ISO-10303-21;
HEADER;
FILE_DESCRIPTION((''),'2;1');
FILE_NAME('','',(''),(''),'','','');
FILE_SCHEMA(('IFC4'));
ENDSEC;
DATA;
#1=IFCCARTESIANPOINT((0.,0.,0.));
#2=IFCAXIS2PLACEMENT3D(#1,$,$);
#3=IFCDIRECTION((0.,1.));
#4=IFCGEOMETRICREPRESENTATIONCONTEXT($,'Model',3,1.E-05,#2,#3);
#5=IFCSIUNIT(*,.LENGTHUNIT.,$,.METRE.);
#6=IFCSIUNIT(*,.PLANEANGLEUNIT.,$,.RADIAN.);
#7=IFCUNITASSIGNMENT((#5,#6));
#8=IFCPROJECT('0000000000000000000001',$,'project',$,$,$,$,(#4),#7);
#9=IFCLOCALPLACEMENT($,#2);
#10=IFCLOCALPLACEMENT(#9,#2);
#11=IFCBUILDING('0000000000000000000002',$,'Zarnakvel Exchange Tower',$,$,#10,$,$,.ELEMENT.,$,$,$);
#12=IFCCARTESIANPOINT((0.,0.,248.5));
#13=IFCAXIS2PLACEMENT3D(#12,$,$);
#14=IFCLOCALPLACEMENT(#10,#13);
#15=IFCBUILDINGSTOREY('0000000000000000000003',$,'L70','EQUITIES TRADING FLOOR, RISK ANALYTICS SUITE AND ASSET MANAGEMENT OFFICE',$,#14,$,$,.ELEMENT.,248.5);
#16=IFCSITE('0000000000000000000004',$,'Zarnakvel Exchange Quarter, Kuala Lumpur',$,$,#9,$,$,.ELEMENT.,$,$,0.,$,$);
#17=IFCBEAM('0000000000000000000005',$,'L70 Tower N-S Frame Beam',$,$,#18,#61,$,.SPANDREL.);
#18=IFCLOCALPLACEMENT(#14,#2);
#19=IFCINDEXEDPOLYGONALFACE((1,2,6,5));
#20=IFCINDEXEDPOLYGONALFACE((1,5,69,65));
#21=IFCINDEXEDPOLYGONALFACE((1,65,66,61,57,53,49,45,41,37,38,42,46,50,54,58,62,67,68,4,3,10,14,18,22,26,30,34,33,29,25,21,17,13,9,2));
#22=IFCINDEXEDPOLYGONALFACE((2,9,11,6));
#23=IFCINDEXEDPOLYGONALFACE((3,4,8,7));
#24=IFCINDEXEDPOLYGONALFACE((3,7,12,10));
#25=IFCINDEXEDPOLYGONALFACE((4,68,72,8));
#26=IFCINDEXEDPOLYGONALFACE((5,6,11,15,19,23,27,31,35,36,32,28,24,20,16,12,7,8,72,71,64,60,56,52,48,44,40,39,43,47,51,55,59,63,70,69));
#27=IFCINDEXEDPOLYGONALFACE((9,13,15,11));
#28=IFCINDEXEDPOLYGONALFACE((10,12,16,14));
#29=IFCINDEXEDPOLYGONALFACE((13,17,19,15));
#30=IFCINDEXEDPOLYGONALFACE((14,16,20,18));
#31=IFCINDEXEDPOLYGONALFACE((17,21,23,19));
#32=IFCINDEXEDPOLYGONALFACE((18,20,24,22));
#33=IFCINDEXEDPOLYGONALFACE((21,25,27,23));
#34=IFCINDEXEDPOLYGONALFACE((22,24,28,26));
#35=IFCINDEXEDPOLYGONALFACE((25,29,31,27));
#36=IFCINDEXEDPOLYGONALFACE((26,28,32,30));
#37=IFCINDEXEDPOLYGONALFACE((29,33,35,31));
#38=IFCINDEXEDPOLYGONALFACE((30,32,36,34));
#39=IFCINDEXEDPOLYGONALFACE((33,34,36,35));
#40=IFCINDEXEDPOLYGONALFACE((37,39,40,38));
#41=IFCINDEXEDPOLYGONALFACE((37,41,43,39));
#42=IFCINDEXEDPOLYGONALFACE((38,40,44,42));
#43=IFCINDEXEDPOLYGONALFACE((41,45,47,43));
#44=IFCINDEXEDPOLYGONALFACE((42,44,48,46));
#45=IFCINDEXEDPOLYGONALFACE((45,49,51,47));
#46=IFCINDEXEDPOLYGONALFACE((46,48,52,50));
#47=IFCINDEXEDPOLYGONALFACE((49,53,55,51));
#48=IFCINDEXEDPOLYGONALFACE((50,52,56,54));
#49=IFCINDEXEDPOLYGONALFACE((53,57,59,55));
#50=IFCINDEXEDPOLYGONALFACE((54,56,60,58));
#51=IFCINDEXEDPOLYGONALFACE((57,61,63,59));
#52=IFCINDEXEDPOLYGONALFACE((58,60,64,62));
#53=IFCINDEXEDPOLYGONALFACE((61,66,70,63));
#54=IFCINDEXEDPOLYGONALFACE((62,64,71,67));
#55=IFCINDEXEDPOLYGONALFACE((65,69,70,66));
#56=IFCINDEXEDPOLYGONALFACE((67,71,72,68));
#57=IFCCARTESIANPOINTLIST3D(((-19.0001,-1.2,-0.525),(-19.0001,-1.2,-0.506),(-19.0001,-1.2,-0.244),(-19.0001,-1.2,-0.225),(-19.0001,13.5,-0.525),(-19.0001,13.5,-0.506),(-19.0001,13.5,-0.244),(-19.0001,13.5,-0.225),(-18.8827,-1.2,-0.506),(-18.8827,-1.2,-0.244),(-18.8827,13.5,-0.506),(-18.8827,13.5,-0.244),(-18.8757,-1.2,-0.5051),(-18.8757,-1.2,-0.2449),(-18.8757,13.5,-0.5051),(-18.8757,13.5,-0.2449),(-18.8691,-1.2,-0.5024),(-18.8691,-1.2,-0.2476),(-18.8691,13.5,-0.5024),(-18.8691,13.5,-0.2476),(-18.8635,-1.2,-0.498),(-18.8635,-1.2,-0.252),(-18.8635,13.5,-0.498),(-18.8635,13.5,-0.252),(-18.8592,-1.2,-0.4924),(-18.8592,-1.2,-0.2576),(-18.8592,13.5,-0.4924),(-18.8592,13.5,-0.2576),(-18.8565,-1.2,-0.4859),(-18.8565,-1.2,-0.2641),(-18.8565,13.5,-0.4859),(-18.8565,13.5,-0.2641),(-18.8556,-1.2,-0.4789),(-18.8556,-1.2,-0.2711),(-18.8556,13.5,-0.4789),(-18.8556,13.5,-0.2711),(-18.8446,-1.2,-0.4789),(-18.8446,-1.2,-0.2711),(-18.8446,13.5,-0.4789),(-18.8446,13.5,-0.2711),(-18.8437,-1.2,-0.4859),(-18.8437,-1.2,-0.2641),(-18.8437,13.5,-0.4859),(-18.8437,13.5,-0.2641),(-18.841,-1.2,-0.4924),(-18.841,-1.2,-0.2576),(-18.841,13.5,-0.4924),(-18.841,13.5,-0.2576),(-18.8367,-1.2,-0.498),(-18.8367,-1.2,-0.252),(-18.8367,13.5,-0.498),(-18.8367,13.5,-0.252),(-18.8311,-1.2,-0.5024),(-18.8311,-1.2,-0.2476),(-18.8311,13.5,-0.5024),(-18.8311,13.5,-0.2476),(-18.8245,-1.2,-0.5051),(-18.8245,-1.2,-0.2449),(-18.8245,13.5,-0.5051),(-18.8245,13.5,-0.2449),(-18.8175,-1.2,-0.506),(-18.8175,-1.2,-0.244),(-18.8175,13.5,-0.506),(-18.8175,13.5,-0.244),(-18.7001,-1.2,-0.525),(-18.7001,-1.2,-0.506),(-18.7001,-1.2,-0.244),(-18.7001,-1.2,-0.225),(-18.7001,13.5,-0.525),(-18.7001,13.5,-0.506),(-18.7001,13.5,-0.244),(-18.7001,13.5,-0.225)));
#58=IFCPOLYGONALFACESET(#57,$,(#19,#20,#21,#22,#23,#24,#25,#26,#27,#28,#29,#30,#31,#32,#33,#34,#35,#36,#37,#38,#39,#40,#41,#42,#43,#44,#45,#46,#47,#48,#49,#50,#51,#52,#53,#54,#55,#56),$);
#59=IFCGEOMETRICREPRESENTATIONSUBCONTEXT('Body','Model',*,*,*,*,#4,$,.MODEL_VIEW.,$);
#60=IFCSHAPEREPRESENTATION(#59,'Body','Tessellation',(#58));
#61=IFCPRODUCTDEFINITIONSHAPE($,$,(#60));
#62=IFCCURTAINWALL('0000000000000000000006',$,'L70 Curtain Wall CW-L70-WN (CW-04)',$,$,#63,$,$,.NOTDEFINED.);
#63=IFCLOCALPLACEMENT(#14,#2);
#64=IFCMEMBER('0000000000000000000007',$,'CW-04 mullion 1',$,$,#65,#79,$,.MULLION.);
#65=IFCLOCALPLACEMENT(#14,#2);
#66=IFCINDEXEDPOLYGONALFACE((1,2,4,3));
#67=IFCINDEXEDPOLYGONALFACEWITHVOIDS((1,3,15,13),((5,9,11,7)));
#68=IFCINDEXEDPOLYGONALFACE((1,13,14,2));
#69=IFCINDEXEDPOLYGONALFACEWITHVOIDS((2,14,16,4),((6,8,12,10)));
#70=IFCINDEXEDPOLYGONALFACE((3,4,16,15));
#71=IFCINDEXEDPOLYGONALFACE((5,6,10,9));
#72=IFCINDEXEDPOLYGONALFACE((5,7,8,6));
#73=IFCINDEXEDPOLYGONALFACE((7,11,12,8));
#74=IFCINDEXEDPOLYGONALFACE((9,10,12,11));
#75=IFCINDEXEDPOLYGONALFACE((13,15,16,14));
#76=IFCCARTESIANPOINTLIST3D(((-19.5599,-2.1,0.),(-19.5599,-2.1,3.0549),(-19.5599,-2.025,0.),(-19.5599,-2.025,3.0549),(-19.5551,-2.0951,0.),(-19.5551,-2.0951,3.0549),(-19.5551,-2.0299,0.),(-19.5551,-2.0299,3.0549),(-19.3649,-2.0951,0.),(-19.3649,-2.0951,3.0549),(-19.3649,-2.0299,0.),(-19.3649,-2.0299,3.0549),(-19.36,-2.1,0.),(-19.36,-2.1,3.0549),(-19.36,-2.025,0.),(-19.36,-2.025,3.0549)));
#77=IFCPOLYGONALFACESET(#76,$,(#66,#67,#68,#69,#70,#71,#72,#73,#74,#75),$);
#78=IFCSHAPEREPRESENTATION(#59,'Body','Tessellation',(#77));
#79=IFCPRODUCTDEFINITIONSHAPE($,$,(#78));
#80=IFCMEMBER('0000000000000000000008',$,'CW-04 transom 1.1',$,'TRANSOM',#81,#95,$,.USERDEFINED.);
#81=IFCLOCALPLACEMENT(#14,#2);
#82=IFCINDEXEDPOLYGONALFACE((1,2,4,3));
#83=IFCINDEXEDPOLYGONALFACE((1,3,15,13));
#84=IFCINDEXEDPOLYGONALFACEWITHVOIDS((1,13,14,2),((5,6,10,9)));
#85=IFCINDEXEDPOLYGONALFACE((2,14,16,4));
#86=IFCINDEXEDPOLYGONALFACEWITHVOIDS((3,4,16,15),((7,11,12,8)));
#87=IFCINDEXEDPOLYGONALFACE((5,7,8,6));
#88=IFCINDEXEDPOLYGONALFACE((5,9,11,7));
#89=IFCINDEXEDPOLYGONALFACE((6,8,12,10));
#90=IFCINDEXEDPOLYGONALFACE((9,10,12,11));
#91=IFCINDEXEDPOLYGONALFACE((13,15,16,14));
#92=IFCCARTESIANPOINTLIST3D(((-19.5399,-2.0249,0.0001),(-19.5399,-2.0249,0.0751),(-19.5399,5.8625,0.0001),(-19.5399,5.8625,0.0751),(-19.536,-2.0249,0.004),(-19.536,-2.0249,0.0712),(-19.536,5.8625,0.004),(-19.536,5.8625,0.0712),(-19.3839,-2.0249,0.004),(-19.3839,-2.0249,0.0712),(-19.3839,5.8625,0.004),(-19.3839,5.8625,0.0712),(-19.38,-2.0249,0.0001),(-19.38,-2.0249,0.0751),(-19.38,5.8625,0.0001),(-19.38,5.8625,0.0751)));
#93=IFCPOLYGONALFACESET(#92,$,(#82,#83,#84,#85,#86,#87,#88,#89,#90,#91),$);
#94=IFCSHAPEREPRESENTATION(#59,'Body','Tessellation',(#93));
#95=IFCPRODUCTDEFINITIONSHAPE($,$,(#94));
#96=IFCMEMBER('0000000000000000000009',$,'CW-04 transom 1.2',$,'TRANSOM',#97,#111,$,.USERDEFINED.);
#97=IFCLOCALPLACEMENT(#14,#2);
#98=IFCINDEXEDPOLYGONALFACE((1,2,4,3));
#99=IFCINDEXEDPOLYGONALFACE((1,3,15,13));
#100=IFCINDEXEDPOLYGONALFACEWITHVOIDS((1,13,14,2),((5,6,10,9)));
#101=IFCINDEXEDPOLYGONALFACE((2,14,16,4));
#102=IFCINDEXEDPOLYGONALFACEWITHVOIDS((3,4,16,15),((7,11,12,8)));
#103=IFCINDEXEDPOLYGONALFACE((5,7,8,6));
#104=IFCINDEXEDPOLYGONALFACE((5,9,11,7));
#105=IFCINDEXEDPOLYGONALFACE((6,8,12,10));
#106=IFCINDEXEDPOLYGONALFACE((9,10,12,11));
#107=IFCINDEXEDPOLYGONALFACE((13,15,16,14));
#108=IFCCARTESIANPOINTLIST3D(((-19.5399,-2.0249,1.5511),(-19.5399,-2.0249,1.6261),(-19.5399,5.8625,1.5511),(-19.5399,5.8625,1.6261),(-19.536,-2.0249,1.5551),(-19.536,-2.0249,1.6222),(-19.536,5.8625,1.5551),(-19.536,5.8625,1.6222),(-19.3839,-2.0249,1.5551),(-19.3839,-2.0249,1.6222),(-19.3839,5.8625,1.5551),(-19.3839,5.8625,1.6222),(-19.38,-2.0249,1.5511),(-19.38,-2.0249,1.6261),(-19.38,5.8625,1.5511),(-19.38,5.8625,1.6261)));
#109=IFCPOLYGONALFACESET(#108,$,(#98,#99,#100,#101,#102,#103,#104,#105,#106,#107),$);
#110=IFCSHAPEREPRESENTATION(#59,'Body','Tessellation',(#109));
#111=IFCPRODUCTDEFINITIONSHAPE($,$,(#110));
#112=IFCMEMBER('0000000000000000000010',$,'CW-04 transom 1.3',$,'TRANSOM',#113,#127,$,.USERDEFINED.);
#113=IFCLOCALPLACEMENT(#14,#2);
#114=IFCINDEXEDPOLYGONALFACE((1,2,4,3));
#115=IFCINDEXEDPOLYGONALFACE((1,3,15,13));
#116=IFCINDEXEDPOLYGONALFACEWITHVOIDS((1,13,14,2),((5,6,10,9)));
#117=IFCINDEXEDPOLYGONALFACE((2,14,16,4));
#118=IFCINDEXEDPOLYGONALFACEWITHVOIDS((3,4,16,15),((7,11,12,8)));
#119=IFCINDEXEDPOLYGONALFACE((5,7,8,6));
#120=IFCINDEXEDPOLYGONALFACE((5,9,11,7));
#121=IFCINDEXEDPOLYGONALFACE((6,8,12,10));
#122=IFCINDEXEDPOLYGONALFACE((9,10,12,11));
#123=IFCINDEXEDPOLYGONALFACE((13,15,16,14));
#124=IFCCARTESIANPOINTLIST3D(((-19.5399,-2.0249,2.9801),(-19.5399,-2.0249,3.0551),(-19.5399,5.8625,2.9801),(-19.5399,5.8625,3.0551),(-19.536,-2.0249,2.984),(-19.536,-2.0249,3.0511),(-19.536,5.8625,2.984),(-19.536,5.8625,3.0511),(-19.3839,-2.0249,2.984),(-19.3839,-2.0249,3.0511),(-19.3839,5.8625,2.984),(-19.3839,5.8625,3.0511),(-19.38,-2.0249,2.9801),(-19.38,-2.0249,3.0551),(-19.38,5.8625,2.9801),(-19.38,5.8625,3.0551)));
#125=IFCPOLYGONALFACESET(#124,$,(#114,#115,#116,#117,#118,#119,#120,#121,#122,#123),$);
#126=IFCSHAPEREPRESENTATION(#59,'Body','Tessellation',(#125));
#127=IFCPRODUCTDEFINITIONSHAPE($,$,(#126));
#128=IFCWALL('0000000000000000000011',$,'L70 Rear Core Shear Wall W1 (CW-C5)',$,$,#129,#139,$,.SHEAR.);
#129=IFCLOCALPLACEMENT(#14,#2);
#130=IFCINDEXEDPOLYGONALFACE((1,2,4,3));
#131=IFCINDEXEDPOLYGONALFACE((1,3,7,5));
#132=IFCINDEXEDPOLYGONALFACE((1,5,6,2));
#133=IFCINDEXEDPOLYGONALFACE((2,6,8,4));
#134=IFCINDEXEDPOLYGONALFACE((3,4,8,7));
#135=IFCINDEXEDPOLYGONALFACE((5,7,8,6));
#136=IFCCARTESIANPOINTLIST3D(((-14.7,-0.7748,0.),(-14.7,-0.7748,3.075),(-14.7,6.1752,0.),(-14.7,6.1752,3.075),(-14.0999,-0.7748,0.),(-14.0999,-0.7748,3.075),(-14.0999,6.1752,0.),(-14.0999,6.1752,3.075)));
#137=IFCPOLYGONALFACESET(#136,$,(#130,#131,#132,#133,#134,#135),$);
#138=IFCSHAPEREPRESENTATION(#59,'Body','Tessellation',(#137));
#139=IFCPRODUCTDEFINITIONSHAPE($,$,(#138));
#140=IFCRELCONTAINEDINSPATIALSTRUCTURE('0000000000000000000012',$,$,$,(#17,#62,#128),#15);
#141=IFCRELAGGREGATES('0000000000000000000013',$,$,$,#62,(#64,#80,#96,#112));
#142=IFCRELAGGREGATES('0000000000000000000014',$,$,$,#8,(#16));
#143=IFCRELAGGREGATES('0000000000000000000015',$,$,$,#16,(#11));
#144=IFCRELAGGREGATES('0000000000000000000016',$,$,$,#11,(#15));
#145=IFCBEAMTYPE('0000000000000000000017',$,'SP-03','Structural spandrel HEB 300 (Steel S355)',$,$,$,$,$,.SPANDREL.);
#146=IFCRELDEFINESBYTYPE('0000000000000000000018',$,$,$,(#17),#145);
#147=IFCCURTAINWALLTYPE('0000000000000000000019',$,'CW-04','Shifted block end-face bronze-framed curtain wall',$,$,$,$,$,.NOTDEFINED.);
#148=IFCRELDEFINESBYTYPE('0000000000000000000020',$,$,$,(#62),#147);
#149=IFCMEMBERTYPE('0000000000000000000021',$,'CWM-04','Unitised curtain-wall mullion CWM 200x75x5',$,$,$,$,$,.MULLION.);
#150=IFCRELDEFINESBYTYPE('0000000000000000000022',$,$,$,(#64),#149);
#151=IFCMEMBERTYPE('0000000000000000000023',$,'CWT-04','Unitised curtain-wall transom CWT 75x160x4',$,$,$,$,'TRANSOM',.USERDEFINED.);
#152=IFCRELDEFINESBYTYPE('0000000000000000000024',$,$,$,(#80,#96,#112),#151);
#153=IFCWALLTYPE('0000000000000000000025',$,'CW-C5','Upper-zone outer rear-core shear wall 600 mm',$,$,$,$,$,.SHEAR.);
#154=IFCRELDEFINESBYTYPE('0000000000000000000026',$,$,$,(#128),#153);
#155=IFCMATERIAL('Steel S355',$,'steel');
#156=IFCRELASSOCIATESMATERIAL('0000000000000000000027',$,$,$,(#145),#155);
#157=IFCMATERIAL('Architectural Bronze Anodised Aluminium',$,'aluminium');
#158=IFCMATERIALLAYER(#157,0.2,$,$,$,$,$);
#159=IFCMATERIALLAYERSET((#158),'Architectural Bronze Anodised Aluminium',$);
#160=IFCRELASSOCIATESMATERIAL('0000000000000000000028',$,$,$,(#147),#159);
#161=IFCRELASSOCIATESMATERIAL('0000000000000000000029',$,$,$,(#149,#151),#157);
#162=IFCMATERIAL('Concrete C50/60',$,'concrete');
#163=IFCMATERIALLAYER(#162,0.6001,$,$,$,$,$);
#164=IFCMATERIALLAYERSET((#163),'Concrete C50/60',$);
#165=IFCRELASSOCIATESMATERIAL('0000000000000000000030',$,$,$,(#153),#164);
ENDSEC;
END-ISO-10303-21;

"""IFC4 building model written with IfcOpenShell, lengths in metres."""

from ifc_helpers import new_model, si_unit, direction, frame, frame_2d, origin, origin_2d, place, context, subcontext, project, spatial, rectangle, hollow_rectangle, i_section, extrude, source, transform, mapped, material, layer, layer_set, material_profile, profile_set, type_object, element, aggregate, save


model = new_model("IFC4")

# Units and contexts
model_context = context("Model", 3, precision=1e-05, world=origin(), true_north=direction((0.0, 1.0)))
body_context = subcontext(model_context, "Body", "Model", "MODEL_VIEW")
ifc_project = project(units=[si_unit("LENGTHUNIT", "METRE"), si_unit("PLANEANGLEUNIT", "RADIAN")], contexts=[model_context])

# Site, building, storey
site_placement = place(None, origin())
site = spatial("IfcSite", under=ifc_project, at=site_placement, Name="Zarnakvel Exchange Quarter, Kuala Lumpur", CompositionType="ELEMENT", RefElevation=0.0)
building_placement = place(site_placement, origin())
building = spatial("IfcBuilding", under=site, at=building_placement, Name="Zarnakvel Exchange Tower", CompositionType="ELEMENT")
storey_placement = place(building_placement, frame((0.0, 0.0, 248.5)))
storey = spatial("IfcBuildingStorey", under=building, at=storey_placement, Name="L70", Description="EQUITIES TRADING FLOOR, RISK ANALYTICS SUITE AND ASSET MANAGEMENT OFFICE", CompositionType="ELEMENT", Elevation=248.5)

# Shared definitions
ifc_material_1 = material(Name="Concrete C50/60", Category="concrete")
ifc_material_2 = material(Name="Steel S355", Category="steel")

# Beam
ifc_material_profile_1 = material_profile(ifc_material_2, i_section(OverallWidth=0.3, OverallDepth=0.3, WebThickness=0.011, FlangeThickness=0.019, FilletRadius=0.0271, at=origin_2d()))
ifc_profile_set_1 = profile_set([ifc_material_profile_1], Name="Steel S355")
beam_type_1 = type_object("IfcBeamType", Name="SP-03", Description="Structural spandrel HEB 300 (Steel S355)", PredefinedType="SPANDREL", material=ifc_profile_set_1)
beam_1_placement = place(storey_placement, frame((-18.8501, -1.2, -0.375), z_axis=(0.0, 1.0, 0.0), x_axis=(-1.0, 0.0, 0.0)))
element("IfcBeam", 1, at=beam_1_placement, inside=storey, type_object=beam_type_1, Name="L70 Tower N-S Frame Beam", PredefinedType="SPANDREL", context=body_context, shape_type="SweptSolid", body=[
    extrude(i_section(OverallWidth=0.3, OverallDepth=0.3, WebThickness=0.011, FlangeThickness=0.019, FilletRadius=0.0271, at=origin_2d()), origin(), (0.0, 0.0, 1.0), 14.7),
])

# Curtain wall, members
ifc_material_3 = material(Name="Architectural Bronze Anodised Aluminium", Category="aluminium")
ifc_layer_1 = layer(ifc_material_3, 0.2)
ifc_layer_set_1 = layer_set([ifc_layer_1], Name="Architectural Bronze Anodised Aluminium")
curtain_wall_type = type_object("IfcCurtainWallType", Name="CW-04", Description="Shifted block end-face bronze-framed curtain wall", PredefinedType="NOTDEFINED", material=ifc_layer_set_1)
curtain_wall_placement = place(storey_placement, origin())
curtain_wall = element("IfcCurtainWall", 2, at=curtain_wall_placement, inside=storey, type_object=curtain_wall_type, Name="L70 Curtain Wall CW-L70-WN (CW-04)", PredefinedType="NOTDEFINED")
ifc_material_profile_2 = material_profile(ifc_material_3, hollow_rectangle(XDim=0.2, YDim=0.075, WallThickness=0.0049, at=origin_2d()))
ifc_profile_set_2 = profile_set([ifc_material_profile_2], Name="Architectural Bronze Anodised Aluminium")
member_type_1 = type_object("IfcMemberType", Name="CWM-04", Description="Unitised curtain-wall mullion CWM 200x75x5", PredefinedType="MULLION", material=ifc_profile_set_2)
shared_shape_1 = source(origin(), body_context, "Body", "SweptSolid", [
    extrude(hollow_rectangle(XDim=0.2, YDim=0.075, WallThickness=0.0049, at=origin_2d()), origin(), (0.0, 0.0, 1.0), 3.0549),
])
member_1_placement = place(storey_placement, frame((-19.46, -2.0625, 0.0), z_axis=(0.0, 0.0, 1.0), x_axis=(-1.0, 0.0, 0.0)))
member_1 = element("IfcMember", 3, at=member_1_placement, type_object=member_type_1, Name="CW-04 mullion 1", PredefinedType="MULLION", context=body_context, shape_type="MappedRepresentation", body=[
    mapped(shared_shape_1, transform((0.0, 0.0, 0.0), x_axis=(1.0, 0.0, 0.0), y_axis=(0.0, 1.0, 0.0), z_axis=(0.0, 0.0, 1.0), scale=1.0)),
])
ifc_material_profile_3 = material_profile(ifc_material_3, hollow_rectangle(XDim=0.1599, YDim=0.075, WallThickness=0.0039, at=origin_2d()))
ifc_profile_set_3 = profile_set([ifc_material_profile_3], Name="Architectural Bronze Anodised Aluminium")
member_type_2 = type_object("IfcMemberType", Name="CWT-04", Description="Unitised curtain-wall transom CWT 75x160x4", ElementType="TRANSOM", PredefinedType="USERDEFINED", material=ifc_profile_set_3)
shared_shape_2 = source(origin(), body_context, "Body", "SweptSolid", [
    extrude(hollow_rectangle(XDim=0.1599, YDim=0.075, WallThickness=0.0039, at=origin_2d()), origin(), (0.0, 0.0, 1.0), 7.8875),
])
member_2_placement = place(storey_placement, frame((-19.46, -2.0249, 0.0376), z_axis=(0.0, 1.0, 0.0), x_axis=(-1.0, 0.0, 0.0)))
member_2 = element("IfcMember", 4, at=member_2_placement, type_object=member_type_2, Name="CW-04 transom 1.1", ObjectType="TRANSOM", PredefinedType="USERDEFINED", context=body_context, shape_type="MappedRepresentation", body=[
    mapped(shared_shape_2, transform((0.0, 0.0, 0.0), x_axis=(1.0, 0.0, 0.0), y_axis=(0.0, 1.0, 0.0), z_axis=(0.0, 0.0, 1.0), scale=1.0)),
])
member_3_placement = place(storey_placement, frame((-19.46, -2.0249, 1.5886), z_axis=(0.0, 1.0, 0.0), x_axis=(-1.0, 0.0, 0.0)))
member_3 = element("IfcMember", 5, at=member_3_placement, type_object=member_type_2, Name="CW-04 transom 1.2", ObjectType="TRANSOM", PredefinedType="USERDEFINED", context=body_context, shape_type="MappedRepresentation", body=[
    mapped(shared_shape_2, transform((0.0, 0.0, 0.0), x_axis=(1.0, 0.0, 0.0), y_axis=(0.0, 1.0, 0.0), z_axis=(0.0, 0.0, 1.0), scale=1.0)),
])
member_4_placement = place(storey_placement, frame((-19.46, -2.0249, 3.0176), z_axis=(0.0, 1.0, 0.0), x_axis=(-1.0, 0.0, 0.0)))
member_4 = element("IfcMember", 6, at=member_4_placement, type_object=member_type_2, Name="CW-04 transom 1.3", ObjectType="TRANSOM", PredefinedType="USERDEFINED", context=body_context, shape_type="MappedRepresentation", body=[
    mapped(shared_shape_2, transform((0.0, 0.0, 0.0), x_axis=(1.0, 0.0, 0.0), y_axis=(0.0, 1.0, 0.0), z_axis=(0.0, 0.0, 1.0), scale=1.0)),
])
aggregate(curtain_wall, [member_1, member_2, member_3, member_4])

# Wall
ifc_layer_2 = layer(ifc_material_1, 0.6001)
ifc_layer_set_2 = layer_set([ifc_layer_2], Name="Concrete C50/60")
wall_type_1 = type_object("IfcWallType", Name="CW-C5", Description="Upper-zone outer rear-core shear wall 600 mm", PredefinedType="SHEAR", material=ifc_layer_set_2)
wall_1_placement = place(storey_placement, frame((-14.3999, -0.7749, 0.0), z_axis=(0.0, 0.0, 1.0), x_axis=(0.0, 1.0, 0.0)))
element("IfcWall", 7, at=wall_1_placement, inside=storey, type_object=wall_type_1, Name="L70 Rear Core Shear Wall W1 (CW-C5)", PredefinedType="SHEAR", context=body_context, shape_type="SweptSolid", body=[
    extrude(rectangle(XDim=6.95, YDim=0.6001, at=frame_2d((3.4751, 0.0))), origin(), (0.0, 0.0, 1.0), 3.075),
])

save(model, "model.ifc")
